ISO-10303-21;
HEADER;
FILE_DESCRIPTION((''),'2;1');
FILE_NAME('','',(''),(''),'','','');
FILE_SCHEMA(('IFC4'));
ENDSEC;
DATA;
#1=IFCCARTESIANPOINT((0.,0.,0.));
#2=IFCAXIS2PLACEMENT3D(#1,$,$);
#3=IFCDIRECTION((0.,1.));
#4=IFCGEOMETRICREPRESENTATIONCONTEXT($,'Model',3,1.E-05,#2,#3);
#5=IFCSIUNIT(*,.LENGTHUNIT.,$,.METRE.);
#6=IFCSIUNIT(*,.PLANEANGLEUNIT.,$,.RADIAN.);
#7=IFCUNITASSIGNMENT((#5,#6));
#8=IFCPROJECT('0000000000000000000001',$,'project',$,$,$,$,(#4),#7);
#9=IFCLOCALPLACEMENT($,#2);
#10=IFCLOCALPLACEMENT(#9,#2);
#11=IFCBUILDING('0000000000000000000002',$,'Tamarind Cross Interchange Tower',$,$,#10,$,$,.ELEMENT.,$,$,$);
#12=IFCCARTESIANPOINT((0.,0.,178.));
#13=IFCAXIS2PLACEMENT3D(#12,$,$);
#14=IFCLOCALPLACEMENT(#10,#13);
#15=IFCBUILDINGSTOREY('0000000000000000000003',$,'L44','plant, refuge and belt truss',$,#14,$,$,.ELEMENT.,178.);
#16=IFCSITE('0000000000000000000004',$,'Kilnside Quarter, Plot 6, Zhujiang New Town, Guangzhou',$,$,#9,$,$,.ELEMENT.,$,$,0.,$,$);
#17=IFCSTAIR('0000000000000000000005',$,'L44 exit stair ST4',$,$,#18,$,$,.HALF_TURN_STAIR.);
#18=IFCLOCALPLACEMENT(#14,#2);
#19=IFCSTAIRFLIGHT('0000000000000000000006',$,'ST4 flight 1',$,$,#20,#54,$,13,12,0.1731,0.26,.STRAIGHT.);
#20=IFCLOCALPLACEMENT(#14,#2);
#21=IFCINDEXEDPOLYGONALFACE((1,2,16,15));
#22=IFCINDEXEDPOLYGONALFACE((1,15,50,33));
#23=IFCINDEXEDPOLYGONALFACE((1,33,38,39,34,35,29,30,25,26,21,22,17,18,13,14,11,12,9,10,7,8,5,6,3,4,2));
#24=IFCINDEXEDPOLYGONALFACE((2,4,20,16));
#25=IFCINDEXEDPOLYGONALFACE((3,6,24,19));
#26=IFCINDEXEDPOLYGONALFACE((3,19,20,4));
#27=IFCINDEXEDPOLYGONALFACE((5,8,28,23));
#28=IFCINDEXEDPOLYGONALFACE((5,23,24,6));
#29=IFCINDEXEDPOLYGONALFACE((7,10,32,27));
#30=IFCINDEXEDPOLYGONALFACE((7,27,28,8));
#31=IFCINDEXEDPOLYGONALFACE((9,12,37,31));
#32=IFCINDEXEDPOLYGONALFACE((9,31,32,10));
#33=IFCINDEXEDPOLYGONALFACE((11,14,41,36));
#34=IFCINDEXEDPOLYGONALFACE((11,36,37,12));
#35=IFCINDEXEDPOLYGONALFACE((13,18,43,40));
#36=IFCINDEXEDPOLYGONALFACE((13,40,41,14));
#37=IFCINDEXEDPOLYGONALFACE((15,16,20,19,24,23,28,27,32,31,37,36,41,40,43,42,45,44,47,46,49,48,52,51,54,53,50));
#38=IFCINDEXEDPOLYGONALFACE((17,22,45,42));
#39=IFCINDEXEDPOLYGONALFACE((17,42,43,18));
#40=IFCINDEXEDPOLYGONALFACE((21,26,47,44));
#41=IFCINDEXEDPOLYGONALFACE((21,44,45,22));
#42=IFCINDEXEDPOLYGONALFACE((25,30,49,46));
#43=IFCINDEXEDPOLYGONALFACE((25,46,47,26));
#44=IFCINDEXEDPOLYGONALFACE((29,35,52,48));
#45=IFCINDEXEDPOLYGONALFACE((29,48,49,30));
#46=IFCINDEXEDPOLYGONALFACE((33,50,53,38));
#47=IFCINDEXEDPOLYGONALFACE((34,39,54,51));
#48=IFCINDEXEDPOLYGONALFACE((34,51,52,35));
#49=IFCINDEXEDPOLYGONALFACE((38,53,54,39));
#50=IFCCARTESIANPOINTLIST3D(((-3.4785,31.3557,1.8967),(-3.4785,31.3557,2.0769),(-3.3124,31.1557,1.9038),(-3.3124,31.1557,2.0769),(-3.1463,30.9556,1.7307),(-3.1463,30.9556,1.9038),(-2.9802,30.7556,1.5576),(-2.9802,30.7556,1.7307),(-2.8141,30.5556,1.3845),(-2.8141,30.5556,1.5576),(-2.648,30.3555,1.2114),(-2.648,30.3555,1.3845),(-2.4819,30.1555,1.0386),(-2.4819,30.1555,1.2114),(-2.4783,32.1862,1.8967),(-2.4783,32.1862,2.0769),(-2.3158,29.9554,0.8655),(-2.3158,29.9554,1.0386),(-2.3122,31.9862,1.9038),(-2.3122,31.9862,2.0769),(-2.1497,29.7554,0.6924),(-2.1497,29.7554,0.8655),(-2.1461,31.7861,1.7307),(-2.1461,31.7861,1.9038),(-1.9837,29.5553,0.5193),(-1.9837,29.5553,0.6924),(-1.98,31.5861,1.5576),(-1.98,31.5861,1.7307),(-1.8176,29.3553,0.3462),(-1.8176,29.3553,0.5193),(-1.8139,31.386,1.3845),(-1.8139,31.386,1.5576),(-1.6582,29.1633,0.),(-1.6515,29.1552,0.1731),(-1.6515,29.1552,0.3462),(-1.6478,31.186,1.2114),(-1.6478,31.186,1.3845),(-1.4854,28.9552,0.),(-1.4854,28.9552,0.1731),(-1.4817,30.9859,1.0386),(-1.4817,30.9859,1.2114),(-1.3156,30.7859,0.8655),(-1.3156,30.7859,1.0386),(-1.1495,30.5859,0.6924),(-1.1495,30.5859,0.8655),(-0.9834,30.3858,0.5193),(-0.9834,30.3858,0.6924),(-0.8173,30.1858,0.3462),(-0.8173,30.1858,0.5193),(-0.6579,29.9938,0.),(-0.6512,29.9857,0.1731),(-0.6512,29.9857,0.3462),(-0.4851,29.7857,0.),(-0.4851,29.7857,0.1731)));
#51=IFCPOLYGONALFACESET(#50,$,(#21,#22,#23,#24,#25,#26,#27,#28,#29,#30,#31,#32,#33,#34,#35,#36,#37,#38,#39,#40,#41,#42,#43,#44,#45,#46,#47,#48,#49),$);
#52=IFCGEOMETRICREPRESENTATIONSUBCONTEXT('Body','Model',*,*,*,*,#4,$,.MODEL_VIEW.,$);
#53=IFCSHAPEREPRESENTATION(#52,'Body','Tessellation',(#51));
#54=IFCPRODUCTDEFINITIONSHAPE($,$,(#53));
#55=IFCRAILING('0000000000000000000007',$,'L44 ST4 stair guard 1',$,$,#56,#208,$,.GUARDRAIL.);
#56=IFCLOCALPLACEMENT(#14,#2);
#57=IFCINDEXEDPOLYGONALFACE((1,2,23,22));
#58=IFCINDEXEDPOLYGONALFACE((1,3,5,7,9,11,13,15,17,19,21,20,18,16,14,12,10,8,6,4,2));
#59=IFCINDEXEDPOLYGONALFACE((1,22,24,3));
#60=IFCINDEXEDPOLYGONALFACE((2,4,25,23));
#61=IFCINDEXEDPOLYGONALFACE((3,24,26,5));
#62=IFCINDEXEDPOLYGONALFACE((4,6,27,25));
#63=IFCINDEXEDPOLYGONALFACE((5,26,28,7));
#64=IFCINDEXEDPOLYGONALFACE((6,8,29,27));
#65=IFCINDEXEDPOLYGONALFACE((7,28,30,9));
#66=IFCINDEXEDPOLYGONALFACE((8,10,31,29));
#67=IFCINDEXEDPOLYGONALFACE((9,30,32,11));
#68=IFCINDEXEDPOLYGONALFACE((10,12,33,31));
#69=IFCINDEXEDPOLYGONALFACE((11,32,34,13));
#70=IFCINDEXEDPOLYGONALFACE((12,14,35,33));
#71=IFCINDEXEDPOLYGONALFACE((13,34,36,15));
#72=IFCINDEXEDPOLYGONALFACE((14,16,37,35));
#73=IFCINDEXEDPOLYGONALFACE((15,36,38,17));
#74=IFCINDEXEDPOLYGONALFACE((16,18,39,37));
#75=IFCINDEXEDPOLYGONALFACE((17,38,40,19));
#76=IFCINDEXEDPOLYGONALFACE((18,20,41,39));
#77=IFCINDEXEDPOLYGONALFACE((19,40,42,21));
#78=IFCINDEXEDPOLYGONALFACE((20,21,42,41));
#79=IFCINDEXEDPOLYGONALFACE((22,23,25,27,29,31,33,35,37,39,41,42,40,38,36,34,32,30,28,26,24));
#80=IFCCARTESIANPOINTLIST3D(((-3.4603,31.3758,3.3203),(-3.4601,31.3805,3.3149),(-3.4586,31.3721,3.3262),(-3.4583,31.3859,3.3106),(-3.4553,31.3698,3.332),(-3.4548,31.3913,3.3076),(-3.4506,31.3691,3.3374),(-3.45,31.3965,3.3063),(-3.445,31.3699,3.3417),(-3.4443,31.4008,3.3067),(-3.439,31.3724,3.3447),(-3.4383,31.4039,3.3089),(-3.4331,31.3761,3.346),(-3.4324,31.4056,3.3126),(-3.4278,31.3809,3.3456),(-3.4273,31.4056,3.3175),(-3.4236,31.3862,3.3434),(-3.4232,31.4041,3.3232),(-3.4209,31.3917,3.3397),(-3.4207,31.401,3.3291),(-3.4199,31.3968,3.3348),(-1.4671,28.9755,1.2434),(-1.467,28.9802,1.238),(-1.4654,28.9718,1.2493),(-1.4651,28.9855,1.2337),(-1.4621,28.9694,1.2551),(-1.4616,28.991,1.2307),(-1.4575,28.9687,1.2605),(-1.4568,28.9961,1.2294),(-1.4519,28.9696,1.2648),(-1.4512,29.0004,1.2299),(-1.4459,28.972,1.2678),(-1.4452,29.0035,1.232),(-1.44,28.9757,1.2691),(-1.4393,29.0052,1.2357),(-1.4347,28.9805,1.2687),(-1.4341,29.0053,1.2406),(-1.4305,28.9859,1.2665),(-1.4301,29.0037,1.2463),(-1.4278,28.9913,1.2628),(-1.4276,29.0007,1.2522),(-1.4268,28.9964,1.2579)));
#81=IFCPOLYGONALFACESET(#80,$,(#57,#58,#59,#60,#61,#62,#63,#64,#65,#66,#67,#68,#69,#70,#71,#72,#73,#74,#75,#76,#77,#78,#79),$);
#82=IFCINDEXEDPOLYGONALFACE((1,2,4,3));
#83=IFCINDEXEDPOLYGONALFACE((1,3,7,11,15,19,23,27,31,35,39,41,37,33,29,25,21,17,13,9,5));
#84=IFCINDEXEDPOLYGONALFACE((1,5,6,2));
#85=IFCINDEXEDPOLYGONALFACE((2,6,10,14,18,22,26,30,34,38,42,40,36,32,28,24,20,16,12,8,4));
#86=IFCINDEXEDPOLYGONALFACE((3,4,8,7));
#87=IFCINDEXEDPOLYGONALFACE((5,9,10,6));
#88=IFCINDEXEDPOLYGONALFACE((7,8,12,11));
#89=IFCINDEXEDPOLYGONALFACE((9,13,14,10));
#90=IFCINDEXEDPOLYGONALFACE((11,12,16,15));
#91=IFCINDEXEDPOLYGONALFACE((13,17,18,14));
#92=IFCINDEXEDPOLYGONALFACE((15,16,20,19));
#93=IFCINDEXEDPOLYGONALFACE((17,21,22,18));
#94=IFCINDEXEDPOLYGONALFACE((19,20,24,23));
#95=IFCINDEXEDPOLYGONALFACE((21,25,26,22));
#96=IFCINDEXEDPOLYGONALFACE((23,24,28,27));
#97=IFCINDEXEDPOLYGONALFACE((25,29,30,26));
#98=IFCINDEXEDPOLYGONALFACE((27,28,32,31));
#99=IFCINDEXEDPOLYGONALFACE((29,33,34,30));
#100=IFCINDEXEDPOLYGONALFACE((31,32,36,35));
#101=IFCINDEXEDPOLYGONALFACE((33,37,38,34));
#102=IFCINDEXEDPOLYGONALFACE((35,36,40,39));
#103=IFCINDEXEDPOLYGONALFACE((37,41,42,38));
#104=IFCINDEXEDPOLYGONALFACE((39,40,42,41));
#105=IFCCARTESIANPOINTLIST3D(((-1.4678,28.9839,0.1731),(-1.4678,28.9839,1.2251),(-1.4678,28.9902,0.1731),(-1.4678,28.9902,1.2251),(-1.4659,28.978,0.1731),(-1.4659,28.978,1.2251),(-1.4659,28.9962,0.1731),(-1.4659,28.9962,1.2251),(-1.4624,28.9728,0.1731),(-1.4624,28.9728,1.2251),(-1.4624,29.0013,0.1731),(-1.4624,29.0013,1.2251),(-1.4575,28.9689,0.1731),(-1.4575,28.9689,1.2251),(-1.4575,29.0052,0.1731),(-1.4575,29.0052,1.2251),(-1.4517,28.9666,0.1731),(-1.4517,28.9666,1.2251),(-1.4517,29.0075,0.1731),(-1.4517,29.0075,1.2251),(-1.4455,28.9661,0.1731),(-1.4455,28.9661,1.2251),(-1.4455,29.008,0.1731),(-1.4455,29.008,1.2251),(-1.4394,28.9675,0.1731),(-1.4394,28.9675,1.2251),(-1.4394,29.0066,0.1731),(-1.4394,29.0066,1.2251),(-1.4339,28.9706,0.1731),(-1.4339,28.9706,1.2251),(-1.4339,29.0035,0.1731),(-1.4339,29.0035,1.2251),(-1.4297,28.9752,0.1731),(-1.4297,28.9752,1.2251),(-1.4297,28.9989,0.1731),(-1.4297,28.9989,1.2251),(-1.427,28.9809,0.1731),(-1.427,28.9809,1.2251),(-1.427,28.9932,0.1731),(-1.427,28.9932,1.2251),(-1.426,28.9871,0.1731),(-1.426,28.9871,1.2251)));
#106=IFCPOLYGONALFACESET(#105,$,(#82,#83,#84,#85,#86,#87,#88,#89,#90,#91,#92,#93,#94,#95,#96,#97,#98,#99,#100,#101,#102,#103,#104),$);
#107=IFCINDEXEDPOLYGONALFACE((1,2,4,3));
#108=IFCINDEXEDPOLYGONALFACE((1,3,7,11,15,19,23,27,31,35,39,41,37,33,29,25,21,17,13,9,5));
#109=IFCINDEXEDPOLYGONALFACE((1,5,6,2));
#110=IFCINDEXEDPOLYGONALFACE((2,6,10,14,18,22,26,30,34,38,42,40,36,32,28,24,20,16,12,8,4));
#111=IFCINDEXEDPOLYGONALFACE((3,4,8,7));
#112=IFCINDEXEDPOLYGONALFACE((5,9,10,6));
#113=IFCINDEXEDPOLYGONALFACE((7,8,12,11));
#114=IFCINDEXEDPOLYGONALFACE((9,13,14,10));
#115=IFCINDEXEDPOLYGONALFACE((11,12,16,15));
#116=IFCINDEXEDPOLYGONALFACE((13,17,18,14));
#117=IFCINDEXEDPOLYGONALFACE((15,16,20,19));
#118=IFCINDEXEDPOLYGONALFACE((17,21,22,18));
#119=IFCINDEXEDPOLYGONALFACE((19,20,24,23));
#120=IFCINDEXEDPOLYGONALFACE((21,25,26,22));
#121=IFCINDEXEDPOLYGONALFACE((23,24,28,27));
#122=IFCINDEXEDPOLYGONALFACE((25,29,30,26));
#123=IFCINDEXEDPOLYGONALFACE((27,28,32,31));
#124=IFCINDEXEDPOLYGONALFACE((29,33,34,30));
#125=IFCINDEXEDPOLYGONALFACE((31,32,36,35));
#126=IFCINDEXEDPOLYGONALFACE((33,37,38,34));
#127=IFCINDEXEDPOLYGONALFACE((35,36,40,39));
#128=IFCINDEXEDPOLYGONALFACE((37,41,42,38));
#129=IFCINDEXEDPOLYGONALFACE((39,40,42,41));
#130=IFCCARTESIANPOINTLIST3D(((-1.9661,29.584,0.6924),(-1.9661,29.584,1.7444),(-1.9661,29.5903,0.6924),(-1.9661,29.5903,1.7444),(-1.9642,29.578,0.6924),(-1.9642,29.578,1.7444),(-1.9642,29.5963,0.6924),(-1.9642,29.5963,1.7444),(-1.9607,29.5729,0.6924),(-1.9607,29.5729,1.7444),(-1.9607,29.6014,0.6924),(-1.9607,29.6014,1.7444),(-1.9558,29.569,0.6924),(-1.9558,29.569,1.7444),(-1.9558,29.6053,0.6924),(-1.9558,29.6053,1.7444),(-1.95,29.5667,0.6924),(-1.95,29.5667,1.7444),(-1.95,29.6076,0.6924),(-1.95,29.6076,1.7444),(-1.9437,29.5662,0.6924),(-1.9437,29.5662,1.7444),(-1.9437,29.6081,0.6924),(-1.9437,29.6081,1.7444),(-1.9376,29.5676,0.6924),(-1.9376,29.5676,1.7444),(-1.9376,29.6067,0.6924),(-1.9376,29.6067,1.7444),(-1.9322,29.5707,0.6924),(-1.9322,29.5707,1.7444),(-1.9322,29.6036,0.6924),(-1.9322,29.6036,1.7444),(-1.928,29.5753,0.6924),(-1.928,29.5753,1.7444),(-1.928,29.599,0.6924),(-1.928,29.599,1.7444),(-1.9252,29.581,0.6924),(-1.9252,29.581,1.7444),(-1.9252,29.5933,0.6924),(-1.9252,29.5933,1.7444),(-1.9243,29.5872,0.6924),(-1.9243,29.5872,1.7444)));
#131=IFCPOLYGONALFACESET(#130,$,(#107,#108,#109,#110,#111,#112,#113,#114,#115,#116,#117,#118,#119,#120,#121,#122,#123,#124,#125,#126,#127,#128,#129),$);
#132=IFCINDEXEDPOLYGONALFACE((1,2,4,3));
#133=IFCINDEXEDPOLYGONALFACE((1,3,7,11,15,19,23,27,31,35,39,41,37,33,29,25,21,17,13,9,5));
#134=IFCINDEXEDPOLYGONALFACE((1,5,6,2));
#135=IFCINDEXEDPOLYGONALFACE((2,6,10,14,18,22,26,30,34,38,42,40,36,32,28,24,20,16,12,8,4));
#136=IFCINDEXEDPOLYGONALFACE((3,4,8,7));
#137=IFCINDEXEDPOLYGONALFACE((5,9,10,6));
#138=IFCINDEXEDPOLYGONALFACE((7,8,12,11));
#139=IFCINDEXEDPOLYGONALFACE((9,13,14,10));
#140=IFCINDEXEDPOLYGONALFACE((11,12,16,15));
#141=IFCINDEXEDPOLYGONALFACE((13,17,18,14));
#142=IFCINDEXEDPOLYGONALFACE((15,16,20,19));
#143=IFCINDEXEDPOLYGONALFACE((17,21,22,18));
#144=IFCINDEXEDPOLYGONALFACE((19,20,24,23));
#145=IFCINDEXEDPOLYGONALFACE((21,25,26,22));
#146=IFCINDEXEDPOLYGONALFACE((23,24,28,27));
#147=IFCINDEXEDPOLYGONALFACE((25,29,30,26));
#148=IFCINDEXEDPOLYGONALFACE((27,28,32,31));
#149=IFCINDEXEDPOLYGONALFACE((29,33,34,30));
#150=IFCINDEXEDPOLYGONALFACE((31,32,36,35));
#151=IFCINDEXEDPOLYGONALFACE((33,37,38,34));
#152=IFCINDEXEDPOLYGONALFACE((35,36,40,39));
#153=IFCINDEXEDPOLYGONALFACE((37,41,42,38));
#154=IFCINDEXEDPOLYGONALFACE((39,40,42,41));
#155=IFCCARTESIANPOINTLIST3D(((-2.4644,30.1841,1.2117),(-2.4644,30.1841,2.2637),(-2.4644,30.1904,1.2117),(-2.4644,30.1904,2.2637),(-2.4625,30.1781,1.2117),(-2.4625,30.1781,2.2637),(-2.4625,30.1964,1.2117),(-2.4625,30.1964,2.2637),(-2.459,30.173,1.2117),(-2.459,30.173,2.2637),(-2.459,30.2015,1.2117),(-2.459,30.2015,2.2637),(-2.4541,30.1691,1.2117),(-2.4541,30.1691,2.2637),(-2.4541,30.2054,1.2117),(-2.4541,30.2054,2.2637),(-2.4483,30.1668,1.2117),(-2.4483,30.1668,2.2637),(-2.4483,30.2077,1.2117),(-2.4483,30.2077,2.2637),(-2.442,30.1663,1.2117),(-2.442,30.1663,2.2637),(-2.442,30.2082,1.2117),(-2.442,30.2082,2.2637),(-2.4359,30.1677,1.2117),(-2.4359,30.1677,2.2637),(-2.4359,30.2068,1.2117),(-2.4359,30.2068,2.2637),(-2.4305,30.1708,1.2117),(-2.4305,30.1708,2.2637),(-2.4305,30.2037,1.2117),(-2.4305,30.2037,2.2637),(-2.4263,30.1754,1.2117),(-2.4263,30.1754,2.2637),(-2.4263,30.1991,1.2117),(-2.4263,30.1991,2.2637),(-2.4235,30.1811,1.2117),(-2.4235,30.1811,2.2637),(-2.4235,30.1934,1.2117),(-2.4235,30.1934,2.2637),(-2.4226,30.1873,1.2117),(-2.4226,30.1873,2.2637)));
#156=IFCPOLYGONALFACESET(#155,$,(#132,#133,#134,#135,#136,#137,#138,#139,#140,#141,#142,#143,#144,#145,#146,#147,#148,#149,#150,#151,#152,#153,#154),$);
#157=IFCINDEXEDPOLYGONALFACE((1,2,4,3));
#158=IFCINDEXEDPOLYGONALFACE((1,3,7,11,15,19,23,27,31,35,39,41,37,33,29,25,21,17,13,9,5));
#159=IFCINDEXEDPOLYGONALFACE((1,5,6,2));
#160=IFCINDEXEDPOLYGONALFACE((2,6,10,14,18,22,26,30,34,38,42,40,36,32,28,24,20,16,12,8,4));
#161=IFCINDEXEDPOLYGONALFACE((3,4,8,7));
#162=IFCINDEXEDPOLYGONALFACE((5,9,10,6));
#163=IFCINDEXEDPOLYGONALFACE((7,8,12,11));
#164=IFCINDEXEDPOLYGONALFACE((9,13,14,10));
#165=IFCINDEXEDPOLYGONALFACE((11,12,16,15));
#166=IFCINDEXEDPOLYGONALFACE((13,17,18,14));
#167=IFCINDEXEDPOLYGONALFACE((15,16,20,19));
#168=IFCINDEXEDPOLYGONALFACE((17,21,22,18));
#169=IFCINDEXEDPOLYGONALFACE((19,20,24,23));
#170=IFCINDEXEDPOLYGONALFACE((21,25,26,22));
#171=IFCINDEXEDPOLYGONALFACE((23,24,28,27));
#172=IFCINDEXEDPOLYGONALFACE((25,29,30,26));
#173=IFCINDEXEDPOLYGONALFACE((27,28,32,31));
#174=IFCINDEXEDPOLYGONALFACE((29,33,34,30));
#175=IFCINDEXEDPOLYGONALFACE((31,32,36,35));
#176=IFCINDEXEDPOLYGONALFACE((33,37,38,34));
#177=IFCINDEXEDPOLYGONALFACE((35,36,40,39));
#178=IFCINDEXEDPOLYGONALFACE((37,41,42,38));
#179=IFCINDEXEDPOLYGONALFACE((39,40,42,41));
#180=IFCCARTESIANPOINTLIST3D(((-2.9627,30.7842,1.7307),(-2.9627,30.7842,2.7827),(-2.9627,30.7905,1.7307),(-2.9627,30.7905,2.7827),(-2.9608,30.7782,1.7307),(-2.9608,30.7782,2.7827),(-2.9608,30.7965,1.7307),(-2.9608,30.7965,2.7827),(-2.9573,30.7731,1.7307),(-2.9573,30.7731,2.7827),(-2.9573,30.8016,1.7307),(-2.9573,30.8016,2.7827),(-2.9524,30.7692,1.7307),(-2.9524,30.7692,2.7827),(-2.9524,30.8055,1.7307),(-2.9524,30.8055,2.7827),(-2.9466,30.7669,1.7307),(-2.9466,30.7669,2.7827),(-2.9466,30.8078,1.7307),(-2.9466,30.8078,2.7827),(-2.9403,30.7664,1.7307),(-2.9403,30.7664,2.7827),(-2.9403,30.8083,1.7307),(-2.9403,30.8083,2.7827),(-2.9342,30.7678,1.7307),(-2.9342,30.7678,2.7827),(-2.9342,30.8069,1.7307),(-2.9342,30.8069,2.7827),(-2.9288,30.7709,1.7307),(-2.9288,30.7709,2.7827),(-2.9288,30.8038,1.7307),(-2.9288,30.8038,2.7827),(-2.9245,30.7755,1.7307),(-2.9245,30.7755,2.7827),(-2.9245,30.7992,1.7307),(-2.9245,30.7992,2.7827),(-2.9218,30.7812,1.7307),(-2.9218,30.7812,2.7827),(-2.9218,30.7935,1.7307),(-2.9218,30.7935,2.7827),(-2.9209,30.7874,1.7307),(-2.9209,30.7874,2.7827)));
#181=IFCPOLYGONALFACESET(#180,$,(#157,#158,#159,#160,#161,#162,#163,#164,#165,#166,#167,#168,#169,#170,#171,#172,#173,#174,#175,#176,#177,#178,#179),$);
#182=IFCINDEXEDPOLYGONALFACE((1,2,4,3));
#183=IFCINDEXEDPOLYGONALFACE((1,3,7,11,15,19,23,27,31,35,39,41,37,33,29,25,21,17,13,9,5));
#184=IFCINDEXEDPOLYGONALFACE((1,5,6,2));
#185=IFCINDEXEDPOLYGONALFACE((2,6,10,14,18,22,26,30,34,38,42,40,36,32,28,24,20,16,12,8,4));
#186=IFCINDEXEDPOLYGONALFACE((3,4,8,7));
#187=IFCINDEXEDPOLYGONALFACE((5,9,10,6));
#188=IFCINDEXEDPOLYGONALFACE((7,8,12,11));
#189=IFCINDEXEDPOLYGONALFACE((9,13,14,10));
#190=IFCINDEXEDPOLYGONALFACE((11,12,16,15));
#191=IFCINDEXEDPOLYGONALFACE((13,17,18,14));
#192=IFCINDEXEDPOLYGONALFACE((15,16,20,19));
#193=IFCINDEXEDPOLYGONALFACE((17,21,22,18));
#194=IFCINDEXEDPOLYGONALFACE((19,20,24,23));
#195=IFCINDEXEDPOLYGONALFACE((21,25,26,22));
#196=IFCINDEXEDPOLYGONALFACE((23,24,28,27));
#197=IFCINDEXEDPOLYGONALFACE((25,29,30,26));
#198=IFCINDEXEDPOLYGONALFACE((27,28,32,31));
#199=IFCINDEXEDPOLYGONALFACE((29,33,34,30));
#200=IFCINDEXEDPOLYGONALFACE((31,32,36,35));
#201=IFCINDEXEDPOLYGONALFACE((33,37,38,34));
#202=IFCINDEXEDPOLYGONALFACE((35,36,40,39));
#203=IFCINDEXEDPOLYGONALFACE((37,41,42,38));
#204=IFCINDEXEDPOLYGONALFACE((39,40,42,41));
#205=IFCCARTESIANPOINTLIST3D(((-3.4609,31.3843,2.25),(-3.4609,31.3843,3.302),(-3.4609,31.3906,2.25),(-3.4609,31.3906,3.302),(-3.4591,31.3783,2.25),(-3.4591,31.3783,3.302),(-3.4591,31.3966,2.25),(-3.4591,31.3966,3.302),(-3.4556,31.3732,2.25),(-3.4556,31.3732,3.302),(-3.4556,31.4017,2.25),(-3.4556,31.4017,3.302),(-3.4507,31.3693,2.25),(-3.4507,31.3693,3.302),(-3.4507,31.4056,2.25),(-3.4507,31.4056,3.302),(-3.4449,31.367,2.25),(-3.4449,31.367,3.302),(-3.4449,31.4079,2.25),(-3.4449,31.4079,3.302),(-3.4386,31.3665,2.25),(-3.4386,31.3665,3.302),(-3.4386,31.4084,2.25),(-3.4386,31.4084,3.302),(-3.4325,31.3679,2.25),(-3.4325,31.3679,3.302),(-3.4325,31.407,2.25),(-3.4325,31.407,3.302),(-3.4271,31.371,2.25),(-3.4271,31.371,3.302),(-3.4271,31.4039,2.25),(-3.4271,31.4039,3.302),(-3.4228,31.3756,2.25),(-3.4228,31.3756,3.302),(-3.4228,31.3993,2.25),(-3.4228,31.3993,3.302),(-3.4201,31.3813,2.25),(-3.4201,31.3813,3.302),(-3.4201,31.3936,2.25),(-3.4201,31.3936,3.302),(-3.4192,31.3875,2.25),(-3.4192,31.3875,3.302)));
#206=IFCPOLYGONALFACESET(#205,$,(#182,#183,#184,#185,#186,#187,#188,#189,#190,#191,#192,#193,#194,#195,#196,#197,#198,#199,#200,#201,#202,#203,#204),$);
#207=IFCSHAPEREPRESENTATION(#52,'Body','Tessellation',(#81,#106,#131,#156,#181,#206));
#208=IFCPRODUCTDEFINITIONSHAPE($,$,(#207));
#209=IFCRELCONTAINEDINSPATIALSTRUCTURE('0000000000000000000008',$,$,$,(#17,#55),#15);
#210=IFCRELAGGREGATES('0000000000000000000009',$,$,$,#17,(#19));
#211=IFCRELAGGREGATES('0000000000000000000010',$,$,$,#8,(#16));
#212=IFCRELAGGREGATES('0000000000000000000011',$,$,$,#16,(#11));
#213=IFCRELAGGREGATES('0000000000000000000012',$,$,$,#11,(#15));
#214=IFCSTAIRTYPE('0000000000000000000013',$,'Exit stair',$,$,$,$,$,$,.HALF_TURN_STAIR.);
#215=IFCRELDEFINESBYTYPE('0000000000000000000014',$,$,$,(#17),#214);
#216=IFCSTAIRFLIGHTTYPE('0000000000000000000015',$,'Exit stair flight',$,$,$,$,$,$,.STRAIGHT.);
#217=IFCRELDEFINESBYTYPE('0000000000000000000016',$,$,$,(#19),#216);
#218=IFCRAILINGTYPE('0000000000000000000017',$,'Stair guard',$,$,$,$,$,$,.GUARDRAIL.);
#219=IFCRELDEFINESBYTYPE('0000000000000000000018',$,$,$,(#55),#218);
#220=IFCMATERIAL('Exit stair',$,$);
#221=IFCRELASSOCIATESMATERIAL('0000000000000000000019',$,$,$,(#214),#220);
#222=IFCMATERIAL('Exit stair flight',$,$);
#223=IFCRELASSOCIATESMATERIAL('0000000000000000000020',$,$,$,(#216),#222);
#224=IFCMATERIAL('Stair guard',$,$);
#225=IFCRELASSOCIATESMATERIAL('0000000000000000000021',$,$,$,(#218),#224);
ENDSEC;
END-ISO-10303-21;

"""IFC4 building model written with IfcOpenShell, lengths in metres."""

from ifc_helpers import new_model, si_unit, direction, frame, origin, origin_2d, place, context, subcontext, project, spatial, polyline, circle, outline, extrude, material, type_object, element, aggregate, save


model = new_model("IFC4")

# Units and contexts
model_context = context("Model", 3, precision=1e-05, world=origin(), true_north=direction((0.0, 1.0)))
body_context = subcontext(model_context, "Body", "Model", "MODEL_VIEW")
ifc_project = project(units=[si_unit("LENGTHUNIT", "METRE"), si_unit("PLANEANGLEUNIT", "RADIAN")], contexts=[model_context])

# Site, building, storey
site_placement = place(None, origin())
site = spatial("IfcSite", under=ifc_project, at=site_placement, Name="Kilnside Quarter, Plot 6, Zhujiang New Town, Guangzhou", CompositionType="ELEMENT", RefElevation=0.0)
building_placement = place(site_placement, origin())
building = spatial("IfcBuilding", under=site, at=building_placement, Name="Tamarind Cross Interchange Tower", CompositionType="ELEMENT")
storey_placement = place(building_placement, frame((0.0, 0.0, 178.0)))
storey = spatial("IfcBuildingStorey", under=building, at=storey_placement, Name="L44", Description="plant, refuge and belt truss", CompositionType="ELEMENT", Elevation=178.0)

# Stair, stair flight
ifc_material_1 = material(Name="Exit stair")
stair_type = type_object("IfcStairType", Name="Exit stair", PredefinedType="HALF_TURN_STAIR", material=ifc_material_1)
stair_placement = place(storey_placement, origin())
stair = element("IfcStair", 1, at=stair_placement, inside=storey, type_object=stair_type, Name="L44 exit stair ST4", PredefinedType="HALF_TURN_STAIR")
ifc_material_2 = material(Name="Exit stair flight")
stair_flight_type = type_object("IfcStairFlightType", Name="Exit stair flight", PredefinedType="STRAIGHT", material=ifc_material_2)
stair_flight_placement = place(storey_placement, frame((-0.9854, 29.3704, 0.0), z_axis=(0.0, 0.0, 1.0), x_axis=(-0.6388, 0.769373, 0.0)))
stair_flight = element("IfcStairFlight", 2, at=stair_flight_placement, type_object=stair_flight_type, Name="ST4 flight 1", NumberOfRisers=13, NumberOfTreads=12, PredefinedType="STRAIGHT", RiserHeight=0.1731, TreadLength=0.26, context=body_context, shape_type="SweptSolid", body=[
    extrude(outline(polyline([(0.0, 0.0), (0.0, 0.1731), (0.26, 0.1731), (0.26, 0.3462), (0.52, 0.3462), (0.52, 0.5193), (0.78, 0.5193), (0.78, 0.6924), (1.04, 0.6924), (1.04, 0.8655), (1.3, 0.8655), (1.3, 1.0386), (1.5601, 1.0386), (1.5601, 1.2114), (1.8201, 1.2114), (1.8201, 1.3845), (2.0801, 1.3845), (2.0801, 1.5576), (2.3401, 1.5576), (2.3401, 1.7307), (2.6001, 1.7307), (2.6001, 1.9038), (2.8601, 1.9038), (2.8601, 2.0769), (3.1201, 2.0769), (3.1201, 2.25), (3.1201, 1.8967), (0.2705, 0.0), (0.0, 0.0)])), frame((0.0, 0.6499, 0.0), z_axis=(0.0, -1.0, 0.0), x_axis=(1.0, 0.0, 0.0)), (0.0, 0.0, 1.0), 1.3),
])
aggregate(stair, [stair_flight])

# Railing
ifc_material_3 = material(Name="Stair guard")
railing_type_1 = type_object("IfcRailingType", Name="Stair guard", PredefinedType="GUARDRAIL", material=ifc_material_3)
railing_1_placement = place(storey_placement, frame((-1.447, 28.9871, 0.1731)))
element("IfcRailing", 3, at=railing_1_placement, inside=storey, type_object=railing_type_1, Name="L44 ST4 stair guard 1", PredefinedType="GUARDRAIL", context=body_context, shape_type="SweptSolid", body=[
    extrude(circle(Radius=0.0239, at=origin_2d()), frame((0.0, 0.0, 1.0762), z_axis=(-0.531783, 0.640432, 0.554125), x_axis=(-0.769349, -0.638829, 0.0)), (0.0, 0.0, 1.0), 3.748),
    extrude(circle(Radius=0.021, at=origin_2d()), origin(), (0.0, 0.0, 1.0), 1.052),
    extrude(circle(Radius=0.021, at=origin_2d()), frame((-0.4983, 0.6001, 0.5193)), (0.0, 0.0, 1.0), 1.052),
    extrude(circle(Radius=0.021, at=origin_2d()), frame((-0.9966, 1.2002, 1.0386)), (0.0, 0.0, 1.0), 1.052),
    extrude(circle(Radius=0.021, at=origin_2d()), frame((-1.4949, 1.8003, 1.5576)), (0.0, 0.0, 1.0), 1.052),
    extrude(circle(Radius=0.021, at=origin_2d()), frame((-1.9932, 2.4004, 2.0769)), (0.0, 0.0, 1.0), 1.052),
])

save(model, "model.ifc")
